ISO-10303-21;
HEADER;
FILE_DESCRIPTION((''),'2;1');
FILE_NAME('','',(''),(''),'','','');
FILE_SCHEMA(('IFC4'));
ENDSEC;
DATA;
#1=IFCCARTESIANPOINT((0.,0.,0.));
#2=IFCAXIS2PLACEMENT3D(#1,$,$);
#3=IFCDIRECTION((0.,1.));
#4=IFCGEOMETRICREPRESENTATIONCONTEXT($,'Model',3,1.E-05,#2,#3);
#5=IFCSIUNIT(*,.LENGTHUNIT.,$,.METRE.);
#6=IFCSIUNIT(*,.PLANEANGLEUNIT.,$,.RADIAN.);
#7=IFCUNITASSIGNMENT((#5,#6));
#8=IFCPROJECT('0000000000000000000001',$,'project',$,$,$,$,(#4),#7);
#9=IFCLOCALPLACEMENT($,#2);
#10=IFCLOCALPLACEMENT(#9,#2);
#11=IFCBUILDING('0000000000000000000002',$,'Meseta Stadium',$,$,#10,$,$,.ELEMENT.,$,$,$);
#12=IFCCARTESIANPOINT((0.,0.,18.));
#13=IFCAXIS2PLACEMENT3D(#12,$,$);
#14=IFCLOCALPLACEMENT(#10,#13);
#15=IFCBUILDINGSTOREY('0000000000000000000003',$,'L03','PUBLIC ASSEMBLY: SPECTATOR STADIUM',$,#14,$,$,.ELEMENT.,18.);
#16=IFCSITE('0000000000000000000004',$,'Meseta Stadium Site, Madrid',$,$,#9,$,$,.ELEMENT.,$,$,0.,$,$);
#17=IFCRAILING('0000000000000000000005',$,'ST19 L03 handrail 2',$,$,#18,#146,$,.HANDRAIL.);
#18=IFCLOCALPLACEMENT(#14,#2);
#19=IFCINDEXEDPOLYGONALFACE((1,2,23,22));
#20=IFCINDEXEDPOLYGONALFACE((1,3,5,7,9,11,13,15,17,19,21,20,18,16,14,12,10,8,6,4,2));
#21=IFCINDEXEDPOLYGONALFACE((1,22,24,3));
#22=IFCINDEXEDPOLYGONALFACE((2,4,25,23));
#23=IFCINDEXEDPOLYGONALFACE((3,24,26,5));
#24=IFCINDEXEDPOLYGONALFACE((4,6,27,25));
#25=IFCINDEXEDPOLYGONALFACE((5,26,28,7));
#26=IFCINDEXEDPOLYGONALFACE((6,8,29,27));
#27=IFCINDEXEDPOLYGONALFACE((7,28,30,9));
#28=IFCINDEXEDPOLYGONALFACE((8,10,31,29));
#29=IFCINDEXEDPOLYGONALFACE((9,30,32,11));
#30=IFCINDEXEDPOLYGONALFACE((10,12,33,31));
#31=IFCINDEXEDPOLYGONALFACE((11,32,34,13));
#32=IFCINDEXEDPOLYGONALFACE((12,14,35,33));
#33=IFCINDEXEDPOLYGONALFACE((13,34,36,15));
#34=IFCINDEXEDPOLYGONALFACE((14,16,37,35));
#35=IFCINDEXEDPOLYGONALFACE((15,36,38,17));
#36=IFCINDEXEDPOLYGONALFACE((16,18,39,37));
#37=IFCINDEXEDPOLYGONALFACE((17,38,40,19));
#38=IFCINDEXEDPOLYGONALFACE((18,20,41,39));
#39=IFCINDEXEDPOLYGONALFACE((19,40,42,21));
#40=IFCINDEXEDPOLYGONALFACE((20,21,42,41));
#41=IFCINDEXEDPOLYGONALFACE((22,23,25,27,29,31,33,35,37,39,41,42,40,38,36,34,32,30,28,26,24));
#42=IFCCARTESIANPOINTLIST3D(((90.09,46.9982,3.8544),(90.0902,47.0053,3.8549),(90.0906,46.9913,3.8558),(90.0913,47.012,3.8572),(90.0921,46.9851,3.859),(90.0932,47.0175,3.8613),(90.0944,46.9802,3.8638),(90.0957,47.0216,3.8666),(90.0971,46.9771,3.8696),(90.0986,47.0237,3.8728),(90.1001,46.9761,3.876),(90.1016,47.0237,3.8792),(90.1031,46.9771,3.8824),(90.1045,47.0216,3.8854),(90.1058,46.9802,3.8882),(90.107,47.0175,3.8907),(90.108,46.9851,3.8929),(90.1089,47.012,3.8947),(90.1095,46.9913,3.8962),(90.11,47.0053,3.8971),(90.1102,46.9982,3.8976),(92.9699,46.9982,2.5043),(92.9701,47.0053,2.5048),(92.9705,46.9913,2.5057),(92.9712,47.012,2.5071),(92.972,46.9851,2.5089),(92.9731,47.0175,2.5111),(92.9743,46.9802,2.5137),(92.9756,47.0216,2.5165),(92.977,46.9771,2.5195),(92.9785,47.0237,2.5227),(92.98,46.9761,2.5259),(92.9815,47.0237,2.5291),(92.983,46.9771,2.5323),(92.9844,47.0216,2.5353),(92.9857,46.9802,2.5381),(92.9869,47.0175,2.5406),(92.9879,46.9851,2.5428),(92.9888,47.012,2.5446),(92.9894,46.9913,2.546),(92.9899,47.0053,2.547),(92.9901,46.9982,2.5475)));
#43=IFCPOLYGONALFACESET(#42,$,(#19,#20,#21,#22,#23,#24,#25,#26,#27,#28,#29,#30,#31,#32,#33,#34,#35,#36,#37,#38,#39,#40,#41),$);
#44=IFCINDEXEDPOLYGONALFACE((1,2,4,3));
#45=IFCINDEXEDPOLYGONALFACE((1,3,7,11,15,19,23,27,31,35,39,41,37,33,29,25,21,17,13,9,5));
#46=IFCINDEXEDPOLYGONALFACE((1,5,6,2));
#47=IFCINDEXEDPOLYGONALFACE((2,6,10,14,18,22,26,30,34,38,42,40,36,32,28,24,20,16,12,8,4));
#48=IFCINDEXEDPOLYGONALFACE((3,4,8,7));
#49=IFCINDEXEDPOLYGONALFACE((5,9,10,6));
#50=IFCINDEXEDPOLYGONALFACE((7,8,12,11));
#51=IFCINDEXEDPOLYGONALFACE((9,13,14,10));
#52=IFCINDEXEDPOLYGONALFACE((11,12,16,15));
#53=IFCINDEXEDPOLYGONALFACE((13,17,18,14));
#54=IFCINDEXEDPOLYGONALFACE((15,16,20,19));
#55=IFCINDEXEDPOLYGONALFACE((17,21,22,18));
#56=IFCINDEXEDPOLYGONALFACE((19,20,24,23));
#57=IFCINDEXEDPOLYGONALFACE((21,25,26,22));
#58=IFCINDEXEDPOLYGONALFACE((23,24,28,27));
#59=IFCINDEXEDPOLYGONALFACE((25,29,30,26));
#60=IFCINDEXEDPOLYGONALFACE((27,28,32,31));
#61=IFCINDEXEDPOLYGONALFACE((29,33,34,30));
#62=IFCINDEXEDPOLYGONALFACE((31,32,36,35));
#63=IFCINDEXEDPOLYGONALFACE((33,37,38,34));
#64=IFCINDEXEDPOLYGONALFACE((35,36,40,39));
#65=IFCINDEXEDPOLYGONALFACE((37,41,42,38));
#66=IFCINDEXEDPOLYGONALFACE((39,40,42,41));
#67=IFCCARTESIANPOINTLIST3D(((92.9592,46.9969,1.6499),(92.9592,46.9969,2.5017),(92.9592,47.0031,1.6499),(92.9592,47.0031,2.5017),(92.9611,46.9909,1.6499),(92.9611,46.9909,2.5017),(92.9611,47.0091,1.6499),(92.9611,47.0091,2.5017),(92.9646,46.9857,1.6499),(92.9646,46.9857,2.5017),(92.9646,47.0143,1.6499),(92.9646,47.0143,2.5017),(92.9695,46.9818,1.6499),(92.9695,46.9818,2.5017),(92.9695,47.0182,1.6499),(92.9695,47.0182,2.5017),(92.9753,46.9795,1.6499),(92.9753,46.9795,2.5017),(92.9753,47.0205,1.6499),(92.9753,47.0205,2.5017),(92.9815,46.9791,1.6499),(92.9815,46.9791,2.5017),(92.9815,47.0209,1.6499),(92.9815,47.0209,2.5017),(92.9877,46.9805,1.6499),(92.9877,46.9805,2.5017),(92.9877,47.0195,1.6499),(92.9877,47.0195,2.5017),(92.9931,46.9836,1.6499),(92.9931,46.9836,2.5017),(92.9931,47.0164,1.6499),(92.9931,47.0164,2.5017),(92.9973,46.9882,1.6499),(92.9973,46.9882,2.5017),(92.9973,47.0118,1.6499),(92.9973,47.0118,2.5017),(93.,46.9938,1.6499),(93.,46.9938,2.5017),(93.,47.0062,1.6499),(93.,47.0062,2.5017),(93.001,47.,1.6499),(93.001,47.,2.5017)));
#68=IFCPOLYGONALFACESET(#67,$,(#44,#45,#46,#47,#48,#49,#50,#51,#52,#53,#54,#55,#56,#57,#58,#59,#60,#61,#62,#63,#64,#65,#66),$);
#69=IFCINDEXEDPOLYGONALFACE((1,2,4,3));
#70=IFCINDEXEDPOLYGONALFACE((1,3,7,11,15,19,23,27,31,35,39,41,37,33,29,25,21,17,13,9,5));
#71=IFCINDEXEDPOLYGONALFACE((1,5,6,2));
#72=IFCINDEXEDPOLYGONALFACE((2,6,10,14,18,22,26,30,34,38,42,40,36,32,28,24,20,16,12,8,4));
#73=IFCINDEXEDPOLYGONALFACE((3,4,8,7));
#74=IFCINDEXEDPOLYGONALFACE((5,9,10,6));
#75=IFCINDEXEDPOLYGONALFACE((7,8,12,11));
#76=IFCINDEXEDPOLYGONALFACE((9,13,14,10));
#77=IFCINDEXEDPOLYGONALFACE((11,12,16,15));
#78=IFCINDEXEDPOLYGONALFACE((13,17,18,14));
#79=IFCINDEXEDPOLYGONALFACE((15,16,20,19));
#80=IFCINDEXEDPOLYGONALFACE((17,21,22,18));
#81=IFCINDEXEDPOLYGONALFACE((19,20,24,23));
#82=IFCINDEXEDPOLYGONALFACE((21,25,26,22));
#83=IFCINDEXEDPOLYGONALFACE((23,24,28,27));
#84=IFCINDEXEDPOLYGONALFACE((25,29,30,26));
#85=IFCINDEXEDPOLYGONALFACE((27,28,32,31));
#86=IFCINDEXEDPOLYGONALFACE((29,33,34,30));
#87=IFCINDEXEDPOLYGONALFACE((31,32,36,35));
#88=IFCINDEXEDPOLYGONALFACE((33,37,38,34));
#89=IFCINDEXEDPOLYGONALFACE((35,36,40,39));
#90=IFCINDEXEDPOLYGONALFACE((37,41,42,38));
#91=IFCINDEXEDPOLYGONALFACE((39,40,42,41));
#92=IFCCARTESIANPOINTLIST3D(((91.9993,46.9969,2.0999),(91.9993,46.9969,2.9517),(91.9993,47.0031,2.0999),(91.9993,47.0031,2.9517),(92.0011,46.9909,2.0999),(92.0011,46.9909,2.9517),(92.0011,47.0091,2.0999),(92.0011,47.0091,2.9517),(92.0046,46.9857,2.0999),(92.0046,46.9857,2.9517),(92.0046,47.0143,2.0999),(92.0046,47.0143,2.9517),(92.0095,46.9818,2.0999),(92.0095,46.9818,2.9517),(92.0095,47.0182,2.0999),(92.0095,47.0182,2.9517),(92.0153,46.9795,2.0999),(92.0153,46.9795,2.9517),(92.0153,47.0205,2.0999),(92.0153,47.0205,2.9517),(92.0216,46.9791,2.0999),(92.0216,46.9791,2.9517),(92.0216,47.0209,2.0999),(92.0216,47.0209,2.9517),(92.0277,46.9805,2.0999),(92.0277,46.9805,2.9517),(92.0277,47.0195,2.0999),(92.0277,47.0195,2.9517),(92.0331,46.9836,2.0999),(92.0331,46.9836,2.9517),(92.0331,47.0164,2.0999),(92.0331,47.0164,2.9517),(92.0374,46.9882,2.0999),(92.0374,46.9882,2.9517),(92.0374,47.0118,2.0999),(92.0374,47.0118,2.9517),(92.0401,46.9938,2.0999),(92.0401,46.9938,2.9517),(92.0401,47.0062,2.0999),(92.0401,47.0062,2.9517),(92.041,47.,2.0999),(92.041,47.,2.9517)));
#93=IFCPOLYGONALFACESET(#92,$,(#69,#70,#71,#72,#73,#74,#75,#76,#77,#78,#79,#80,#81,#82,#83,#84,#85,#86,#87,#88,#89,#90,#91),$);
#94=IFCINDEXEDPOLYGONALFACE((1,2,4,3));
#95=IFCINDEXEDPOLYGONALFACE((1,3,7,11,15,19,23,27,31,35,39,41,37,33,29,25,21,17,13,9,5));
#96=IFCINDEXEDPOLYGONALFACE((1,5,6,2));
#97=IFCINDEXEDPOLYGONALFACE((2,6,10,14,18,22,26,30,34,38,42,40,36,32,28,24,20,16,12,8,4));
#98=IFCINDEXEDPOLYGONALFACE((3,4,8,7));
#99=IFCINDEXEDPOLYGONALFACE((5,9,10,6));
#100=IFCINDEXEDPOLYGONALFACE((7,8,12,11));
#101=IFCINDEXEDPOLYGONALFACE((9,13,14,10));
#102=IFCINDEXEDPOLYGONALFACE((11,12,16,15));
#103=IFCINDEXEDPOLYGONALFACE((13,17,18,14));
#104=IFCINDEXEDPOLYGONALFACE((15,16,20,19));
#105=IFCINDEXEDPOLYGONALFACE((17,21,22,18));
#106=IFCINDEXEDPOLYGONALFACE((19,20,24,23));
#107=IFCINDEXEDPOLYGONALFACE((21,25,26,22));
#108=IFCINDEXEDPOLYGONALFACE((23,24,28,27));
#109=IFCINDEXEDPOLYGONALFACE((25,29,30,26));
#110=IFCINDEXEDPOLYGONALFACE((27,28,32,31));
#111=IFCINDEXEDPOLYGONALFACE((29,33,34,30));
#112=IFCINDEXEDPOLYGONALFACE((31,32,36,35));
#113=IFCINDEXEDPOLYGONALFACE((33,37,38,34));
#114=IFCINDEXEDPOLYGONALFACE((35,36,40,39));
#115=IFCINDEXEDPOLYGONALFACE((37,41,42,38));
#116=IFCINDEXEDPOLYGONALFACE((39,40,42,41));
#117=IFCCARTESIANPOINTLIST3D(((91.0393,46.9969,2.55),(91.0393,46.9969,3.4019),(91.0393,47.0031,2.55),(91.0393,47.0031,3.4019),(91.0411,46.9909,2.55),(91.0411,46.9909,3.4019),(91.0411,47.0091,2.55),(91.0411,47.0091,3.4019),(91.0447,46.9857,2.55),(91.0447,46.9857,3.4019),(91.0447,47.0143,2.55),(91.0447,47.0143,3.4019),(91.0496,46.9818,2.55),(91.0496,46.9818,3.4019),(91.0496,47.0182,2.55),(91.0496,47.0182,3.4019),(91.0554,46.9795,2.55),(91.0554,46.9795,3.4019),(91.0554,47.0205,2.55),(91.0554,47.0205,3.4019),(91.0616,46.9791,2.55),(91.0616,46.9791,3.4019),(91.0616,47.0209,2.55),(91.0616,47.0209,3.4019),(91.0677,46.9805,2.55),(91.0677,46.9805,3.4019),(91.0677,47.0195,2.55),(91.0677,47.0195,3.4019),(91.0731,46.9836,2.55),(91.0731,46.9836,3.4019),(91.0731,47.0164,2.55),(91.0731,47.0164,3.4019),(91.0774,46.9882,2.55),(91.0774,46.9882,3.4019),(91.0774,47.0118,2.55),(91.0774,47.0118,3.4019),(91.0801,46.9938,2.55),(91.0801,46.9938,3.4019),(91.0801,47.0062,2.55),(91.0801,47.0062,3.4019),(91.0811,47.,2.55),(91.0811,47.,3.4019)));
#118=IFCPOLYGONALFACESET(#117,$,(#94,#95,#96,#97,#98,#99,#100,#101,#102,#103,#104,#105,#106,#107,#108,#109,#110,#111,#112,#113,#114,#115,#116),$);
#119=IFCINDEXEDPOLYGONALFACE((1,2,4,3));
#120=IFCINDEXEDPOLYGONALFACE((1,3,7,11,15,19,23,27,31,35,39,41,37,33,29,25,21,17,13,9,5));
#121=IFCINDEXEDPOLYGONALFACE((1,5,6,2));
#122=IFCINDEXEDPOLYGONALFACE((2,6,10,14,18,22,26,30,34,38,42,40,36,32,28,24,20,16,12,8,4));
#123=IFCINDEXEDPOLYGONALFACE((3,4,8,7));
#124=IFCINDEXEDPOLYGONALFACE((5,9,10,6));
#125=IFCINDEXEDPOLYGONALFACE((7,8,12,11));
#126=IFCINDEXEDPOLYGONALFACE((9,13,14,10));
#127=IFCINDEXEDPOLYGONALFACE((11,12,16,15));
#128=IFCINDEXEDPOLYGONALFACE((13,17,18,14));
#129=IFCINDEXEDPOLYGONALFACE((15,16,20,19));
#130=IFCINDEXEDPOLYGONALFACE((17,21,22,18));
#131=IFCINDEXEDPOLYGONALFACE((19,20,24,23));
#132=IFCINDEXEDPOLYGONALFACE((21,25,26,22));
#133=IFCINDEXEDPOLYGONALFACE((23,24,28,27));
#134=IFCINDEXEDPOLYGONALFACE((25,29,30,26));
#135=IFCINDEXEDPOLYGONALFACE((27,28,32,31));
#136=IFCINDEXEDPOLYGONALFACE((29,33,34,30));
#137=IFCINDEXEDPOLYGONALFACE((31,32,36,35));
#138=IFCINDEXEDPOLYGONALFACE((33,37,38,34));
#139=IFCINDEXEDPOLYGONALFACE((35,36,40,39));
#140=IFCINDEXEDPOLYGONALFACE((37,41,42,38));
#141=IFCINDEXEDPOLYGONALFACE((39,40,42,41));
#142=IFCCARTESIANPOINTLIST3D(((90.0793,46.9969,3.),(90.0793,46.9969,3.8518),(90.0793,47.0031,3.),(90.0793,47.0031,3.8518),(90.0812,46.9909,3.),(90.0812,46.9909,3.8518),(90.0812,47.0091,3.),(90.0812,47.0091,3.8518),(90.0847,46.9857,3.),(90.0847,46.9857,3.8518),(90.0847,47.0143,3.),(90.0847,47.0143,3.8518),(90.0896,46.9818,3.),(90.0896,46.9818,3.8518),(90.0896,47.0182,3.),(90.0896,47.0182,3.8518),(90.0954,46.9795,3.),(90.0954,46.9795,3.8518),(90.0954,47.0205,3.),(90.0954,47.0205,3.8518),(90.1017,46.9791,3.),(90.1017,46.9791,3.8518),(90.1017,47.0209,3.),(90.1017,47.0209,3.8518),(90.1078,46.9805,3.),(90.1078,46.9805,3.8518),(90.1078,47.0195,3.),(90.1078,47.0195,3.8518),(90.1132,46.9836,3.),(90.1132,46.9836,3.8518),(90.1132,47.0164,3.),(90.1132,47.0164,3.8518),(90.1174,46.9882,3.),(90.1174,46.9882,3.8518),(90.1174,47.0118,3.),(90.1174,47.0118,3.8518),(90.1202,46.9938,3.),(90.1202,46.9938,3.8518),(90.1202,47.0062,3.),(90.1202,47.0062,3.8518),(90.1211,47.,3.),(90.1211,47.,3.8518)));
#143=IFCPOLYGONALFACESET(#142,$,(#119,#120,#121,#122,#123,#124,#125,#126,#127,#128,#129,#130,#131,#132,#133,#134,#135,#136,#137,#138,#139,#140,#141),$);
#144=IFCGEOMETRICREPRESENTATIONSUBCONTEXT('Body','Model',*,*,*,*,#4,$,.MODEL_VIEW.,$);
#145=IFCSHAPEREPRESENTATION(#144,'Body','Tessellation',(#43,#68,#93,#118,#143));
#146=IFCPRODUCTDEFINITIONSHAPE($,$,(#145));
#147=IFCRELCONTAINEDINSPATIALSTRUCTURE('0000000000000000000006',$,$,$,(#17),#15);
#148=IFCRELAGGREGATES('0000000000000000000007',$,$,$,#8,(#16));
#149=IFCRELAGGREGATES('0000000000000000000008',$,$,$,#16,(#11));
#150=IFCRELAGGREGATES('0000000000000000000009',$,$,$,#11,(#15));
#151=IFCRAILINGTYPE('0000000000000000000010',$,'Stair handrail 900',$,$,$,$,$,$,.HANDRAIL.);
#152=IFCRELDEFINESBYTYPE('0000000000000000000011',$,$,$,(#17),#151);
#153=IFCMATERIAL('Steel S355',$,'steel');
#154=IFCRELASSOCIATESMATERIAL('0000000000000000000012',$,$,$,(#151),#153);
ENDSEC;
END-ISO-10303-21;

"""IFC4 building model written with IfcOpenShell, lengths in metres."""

from ifc_helpers import new_model, si_unit, direction, frame, origin, origin_2d, place, context, subcontext, project, spatial, circle, extrude, material, type_object, element, save


model = new_model("IFC4")

# Units and contexts
model_context = context("Model", 3, precision=1e-05, world=origin(), true_north=direction((0.0, 1.0)))
body_context = subcontext(model_context, "Body", "Model", "MODEL_VIEW")
ifc_project = project(units=[si_unit("LENGTHUNIT", "METRE"), si_unit("PLANEANGLEUNIT", "RADIAN")], contexts=[model_context])

# Site, building, storey
site_placement = place(None, origin())
site = spatial("IfcSite", under=ifc_project, at=site_placement, Name="Meseta Stadium Site, Madrid", CompositionType="ELEMENT", RefElevation=0.0)
building_placement = place(site_placement, origin())
building = spatial("IfcBuilding", under=site, at=building_placement, Name="Meseta Stadium", CompositionType="ELEMENT")
storey_placement = place(building_placement, frame((0.0, 0.0, 18.0)))
storey = spatial("IfcBuildingStorey", under=building, at=storey_placement, Name="L03", Description="PUBLIC ASSEMBLY: SPECTATOR STADIUM", CompositionType="ELEMENT", Elevation=18.0)

# Railing
ifc_material_1 = material(Name="Steel S355", Category="steel")
railing_type_1 = type_object("IfcRailingType", Name="Stair handrail 900", PredefinedType="HANDRAIL", material=ifc_material_1)
for number, where, name in (
    (1, (92.98, 47.0, 1.6499), "ST19 L03 handrail 2"),
):
    element("IfcRailing", number, at=place(storey_placement, frame(where)), inside=storey, type_object=railing_type_1, Name=name, PredefinedType="HANDRAIL", context=body_context, shape_type="SweptSolid", body=[
        extrude(circle(Radius=0.0239, at=origin_2d()), frame((0.0, 0.0, 0.876), z_axis=(-0.90544, 0.0, 0.424473), x_axis=(0.0, -1.0, 0.0)), (0.0, 0.0, 1.0), 3.1807),
        extrude(circle(Radius=0.021, at=origin_2d()), origin(), (0.0, 0.0, 1.0), 0.8518),
        extrude(circle(Radius=0.021, at=origin_2d()), frame((-0.96, 0.0, 0.45)), (0.0, 0.0, 1.0), 0.8518),
        extrude(circle(Radius=0.021, at=origin_2d()), frame((-1.9199, 0.0, 0.9001)), (0.0, 0.0, 1.0), 0.8518),
        extrude(circle(Radius=0.021, at=origin_2d()), frame((-2.8799, 0.0, 1.3501)), (0.0, 0.0, 1.0), 0.8518),
    ])

save(model, "model.ifc")
